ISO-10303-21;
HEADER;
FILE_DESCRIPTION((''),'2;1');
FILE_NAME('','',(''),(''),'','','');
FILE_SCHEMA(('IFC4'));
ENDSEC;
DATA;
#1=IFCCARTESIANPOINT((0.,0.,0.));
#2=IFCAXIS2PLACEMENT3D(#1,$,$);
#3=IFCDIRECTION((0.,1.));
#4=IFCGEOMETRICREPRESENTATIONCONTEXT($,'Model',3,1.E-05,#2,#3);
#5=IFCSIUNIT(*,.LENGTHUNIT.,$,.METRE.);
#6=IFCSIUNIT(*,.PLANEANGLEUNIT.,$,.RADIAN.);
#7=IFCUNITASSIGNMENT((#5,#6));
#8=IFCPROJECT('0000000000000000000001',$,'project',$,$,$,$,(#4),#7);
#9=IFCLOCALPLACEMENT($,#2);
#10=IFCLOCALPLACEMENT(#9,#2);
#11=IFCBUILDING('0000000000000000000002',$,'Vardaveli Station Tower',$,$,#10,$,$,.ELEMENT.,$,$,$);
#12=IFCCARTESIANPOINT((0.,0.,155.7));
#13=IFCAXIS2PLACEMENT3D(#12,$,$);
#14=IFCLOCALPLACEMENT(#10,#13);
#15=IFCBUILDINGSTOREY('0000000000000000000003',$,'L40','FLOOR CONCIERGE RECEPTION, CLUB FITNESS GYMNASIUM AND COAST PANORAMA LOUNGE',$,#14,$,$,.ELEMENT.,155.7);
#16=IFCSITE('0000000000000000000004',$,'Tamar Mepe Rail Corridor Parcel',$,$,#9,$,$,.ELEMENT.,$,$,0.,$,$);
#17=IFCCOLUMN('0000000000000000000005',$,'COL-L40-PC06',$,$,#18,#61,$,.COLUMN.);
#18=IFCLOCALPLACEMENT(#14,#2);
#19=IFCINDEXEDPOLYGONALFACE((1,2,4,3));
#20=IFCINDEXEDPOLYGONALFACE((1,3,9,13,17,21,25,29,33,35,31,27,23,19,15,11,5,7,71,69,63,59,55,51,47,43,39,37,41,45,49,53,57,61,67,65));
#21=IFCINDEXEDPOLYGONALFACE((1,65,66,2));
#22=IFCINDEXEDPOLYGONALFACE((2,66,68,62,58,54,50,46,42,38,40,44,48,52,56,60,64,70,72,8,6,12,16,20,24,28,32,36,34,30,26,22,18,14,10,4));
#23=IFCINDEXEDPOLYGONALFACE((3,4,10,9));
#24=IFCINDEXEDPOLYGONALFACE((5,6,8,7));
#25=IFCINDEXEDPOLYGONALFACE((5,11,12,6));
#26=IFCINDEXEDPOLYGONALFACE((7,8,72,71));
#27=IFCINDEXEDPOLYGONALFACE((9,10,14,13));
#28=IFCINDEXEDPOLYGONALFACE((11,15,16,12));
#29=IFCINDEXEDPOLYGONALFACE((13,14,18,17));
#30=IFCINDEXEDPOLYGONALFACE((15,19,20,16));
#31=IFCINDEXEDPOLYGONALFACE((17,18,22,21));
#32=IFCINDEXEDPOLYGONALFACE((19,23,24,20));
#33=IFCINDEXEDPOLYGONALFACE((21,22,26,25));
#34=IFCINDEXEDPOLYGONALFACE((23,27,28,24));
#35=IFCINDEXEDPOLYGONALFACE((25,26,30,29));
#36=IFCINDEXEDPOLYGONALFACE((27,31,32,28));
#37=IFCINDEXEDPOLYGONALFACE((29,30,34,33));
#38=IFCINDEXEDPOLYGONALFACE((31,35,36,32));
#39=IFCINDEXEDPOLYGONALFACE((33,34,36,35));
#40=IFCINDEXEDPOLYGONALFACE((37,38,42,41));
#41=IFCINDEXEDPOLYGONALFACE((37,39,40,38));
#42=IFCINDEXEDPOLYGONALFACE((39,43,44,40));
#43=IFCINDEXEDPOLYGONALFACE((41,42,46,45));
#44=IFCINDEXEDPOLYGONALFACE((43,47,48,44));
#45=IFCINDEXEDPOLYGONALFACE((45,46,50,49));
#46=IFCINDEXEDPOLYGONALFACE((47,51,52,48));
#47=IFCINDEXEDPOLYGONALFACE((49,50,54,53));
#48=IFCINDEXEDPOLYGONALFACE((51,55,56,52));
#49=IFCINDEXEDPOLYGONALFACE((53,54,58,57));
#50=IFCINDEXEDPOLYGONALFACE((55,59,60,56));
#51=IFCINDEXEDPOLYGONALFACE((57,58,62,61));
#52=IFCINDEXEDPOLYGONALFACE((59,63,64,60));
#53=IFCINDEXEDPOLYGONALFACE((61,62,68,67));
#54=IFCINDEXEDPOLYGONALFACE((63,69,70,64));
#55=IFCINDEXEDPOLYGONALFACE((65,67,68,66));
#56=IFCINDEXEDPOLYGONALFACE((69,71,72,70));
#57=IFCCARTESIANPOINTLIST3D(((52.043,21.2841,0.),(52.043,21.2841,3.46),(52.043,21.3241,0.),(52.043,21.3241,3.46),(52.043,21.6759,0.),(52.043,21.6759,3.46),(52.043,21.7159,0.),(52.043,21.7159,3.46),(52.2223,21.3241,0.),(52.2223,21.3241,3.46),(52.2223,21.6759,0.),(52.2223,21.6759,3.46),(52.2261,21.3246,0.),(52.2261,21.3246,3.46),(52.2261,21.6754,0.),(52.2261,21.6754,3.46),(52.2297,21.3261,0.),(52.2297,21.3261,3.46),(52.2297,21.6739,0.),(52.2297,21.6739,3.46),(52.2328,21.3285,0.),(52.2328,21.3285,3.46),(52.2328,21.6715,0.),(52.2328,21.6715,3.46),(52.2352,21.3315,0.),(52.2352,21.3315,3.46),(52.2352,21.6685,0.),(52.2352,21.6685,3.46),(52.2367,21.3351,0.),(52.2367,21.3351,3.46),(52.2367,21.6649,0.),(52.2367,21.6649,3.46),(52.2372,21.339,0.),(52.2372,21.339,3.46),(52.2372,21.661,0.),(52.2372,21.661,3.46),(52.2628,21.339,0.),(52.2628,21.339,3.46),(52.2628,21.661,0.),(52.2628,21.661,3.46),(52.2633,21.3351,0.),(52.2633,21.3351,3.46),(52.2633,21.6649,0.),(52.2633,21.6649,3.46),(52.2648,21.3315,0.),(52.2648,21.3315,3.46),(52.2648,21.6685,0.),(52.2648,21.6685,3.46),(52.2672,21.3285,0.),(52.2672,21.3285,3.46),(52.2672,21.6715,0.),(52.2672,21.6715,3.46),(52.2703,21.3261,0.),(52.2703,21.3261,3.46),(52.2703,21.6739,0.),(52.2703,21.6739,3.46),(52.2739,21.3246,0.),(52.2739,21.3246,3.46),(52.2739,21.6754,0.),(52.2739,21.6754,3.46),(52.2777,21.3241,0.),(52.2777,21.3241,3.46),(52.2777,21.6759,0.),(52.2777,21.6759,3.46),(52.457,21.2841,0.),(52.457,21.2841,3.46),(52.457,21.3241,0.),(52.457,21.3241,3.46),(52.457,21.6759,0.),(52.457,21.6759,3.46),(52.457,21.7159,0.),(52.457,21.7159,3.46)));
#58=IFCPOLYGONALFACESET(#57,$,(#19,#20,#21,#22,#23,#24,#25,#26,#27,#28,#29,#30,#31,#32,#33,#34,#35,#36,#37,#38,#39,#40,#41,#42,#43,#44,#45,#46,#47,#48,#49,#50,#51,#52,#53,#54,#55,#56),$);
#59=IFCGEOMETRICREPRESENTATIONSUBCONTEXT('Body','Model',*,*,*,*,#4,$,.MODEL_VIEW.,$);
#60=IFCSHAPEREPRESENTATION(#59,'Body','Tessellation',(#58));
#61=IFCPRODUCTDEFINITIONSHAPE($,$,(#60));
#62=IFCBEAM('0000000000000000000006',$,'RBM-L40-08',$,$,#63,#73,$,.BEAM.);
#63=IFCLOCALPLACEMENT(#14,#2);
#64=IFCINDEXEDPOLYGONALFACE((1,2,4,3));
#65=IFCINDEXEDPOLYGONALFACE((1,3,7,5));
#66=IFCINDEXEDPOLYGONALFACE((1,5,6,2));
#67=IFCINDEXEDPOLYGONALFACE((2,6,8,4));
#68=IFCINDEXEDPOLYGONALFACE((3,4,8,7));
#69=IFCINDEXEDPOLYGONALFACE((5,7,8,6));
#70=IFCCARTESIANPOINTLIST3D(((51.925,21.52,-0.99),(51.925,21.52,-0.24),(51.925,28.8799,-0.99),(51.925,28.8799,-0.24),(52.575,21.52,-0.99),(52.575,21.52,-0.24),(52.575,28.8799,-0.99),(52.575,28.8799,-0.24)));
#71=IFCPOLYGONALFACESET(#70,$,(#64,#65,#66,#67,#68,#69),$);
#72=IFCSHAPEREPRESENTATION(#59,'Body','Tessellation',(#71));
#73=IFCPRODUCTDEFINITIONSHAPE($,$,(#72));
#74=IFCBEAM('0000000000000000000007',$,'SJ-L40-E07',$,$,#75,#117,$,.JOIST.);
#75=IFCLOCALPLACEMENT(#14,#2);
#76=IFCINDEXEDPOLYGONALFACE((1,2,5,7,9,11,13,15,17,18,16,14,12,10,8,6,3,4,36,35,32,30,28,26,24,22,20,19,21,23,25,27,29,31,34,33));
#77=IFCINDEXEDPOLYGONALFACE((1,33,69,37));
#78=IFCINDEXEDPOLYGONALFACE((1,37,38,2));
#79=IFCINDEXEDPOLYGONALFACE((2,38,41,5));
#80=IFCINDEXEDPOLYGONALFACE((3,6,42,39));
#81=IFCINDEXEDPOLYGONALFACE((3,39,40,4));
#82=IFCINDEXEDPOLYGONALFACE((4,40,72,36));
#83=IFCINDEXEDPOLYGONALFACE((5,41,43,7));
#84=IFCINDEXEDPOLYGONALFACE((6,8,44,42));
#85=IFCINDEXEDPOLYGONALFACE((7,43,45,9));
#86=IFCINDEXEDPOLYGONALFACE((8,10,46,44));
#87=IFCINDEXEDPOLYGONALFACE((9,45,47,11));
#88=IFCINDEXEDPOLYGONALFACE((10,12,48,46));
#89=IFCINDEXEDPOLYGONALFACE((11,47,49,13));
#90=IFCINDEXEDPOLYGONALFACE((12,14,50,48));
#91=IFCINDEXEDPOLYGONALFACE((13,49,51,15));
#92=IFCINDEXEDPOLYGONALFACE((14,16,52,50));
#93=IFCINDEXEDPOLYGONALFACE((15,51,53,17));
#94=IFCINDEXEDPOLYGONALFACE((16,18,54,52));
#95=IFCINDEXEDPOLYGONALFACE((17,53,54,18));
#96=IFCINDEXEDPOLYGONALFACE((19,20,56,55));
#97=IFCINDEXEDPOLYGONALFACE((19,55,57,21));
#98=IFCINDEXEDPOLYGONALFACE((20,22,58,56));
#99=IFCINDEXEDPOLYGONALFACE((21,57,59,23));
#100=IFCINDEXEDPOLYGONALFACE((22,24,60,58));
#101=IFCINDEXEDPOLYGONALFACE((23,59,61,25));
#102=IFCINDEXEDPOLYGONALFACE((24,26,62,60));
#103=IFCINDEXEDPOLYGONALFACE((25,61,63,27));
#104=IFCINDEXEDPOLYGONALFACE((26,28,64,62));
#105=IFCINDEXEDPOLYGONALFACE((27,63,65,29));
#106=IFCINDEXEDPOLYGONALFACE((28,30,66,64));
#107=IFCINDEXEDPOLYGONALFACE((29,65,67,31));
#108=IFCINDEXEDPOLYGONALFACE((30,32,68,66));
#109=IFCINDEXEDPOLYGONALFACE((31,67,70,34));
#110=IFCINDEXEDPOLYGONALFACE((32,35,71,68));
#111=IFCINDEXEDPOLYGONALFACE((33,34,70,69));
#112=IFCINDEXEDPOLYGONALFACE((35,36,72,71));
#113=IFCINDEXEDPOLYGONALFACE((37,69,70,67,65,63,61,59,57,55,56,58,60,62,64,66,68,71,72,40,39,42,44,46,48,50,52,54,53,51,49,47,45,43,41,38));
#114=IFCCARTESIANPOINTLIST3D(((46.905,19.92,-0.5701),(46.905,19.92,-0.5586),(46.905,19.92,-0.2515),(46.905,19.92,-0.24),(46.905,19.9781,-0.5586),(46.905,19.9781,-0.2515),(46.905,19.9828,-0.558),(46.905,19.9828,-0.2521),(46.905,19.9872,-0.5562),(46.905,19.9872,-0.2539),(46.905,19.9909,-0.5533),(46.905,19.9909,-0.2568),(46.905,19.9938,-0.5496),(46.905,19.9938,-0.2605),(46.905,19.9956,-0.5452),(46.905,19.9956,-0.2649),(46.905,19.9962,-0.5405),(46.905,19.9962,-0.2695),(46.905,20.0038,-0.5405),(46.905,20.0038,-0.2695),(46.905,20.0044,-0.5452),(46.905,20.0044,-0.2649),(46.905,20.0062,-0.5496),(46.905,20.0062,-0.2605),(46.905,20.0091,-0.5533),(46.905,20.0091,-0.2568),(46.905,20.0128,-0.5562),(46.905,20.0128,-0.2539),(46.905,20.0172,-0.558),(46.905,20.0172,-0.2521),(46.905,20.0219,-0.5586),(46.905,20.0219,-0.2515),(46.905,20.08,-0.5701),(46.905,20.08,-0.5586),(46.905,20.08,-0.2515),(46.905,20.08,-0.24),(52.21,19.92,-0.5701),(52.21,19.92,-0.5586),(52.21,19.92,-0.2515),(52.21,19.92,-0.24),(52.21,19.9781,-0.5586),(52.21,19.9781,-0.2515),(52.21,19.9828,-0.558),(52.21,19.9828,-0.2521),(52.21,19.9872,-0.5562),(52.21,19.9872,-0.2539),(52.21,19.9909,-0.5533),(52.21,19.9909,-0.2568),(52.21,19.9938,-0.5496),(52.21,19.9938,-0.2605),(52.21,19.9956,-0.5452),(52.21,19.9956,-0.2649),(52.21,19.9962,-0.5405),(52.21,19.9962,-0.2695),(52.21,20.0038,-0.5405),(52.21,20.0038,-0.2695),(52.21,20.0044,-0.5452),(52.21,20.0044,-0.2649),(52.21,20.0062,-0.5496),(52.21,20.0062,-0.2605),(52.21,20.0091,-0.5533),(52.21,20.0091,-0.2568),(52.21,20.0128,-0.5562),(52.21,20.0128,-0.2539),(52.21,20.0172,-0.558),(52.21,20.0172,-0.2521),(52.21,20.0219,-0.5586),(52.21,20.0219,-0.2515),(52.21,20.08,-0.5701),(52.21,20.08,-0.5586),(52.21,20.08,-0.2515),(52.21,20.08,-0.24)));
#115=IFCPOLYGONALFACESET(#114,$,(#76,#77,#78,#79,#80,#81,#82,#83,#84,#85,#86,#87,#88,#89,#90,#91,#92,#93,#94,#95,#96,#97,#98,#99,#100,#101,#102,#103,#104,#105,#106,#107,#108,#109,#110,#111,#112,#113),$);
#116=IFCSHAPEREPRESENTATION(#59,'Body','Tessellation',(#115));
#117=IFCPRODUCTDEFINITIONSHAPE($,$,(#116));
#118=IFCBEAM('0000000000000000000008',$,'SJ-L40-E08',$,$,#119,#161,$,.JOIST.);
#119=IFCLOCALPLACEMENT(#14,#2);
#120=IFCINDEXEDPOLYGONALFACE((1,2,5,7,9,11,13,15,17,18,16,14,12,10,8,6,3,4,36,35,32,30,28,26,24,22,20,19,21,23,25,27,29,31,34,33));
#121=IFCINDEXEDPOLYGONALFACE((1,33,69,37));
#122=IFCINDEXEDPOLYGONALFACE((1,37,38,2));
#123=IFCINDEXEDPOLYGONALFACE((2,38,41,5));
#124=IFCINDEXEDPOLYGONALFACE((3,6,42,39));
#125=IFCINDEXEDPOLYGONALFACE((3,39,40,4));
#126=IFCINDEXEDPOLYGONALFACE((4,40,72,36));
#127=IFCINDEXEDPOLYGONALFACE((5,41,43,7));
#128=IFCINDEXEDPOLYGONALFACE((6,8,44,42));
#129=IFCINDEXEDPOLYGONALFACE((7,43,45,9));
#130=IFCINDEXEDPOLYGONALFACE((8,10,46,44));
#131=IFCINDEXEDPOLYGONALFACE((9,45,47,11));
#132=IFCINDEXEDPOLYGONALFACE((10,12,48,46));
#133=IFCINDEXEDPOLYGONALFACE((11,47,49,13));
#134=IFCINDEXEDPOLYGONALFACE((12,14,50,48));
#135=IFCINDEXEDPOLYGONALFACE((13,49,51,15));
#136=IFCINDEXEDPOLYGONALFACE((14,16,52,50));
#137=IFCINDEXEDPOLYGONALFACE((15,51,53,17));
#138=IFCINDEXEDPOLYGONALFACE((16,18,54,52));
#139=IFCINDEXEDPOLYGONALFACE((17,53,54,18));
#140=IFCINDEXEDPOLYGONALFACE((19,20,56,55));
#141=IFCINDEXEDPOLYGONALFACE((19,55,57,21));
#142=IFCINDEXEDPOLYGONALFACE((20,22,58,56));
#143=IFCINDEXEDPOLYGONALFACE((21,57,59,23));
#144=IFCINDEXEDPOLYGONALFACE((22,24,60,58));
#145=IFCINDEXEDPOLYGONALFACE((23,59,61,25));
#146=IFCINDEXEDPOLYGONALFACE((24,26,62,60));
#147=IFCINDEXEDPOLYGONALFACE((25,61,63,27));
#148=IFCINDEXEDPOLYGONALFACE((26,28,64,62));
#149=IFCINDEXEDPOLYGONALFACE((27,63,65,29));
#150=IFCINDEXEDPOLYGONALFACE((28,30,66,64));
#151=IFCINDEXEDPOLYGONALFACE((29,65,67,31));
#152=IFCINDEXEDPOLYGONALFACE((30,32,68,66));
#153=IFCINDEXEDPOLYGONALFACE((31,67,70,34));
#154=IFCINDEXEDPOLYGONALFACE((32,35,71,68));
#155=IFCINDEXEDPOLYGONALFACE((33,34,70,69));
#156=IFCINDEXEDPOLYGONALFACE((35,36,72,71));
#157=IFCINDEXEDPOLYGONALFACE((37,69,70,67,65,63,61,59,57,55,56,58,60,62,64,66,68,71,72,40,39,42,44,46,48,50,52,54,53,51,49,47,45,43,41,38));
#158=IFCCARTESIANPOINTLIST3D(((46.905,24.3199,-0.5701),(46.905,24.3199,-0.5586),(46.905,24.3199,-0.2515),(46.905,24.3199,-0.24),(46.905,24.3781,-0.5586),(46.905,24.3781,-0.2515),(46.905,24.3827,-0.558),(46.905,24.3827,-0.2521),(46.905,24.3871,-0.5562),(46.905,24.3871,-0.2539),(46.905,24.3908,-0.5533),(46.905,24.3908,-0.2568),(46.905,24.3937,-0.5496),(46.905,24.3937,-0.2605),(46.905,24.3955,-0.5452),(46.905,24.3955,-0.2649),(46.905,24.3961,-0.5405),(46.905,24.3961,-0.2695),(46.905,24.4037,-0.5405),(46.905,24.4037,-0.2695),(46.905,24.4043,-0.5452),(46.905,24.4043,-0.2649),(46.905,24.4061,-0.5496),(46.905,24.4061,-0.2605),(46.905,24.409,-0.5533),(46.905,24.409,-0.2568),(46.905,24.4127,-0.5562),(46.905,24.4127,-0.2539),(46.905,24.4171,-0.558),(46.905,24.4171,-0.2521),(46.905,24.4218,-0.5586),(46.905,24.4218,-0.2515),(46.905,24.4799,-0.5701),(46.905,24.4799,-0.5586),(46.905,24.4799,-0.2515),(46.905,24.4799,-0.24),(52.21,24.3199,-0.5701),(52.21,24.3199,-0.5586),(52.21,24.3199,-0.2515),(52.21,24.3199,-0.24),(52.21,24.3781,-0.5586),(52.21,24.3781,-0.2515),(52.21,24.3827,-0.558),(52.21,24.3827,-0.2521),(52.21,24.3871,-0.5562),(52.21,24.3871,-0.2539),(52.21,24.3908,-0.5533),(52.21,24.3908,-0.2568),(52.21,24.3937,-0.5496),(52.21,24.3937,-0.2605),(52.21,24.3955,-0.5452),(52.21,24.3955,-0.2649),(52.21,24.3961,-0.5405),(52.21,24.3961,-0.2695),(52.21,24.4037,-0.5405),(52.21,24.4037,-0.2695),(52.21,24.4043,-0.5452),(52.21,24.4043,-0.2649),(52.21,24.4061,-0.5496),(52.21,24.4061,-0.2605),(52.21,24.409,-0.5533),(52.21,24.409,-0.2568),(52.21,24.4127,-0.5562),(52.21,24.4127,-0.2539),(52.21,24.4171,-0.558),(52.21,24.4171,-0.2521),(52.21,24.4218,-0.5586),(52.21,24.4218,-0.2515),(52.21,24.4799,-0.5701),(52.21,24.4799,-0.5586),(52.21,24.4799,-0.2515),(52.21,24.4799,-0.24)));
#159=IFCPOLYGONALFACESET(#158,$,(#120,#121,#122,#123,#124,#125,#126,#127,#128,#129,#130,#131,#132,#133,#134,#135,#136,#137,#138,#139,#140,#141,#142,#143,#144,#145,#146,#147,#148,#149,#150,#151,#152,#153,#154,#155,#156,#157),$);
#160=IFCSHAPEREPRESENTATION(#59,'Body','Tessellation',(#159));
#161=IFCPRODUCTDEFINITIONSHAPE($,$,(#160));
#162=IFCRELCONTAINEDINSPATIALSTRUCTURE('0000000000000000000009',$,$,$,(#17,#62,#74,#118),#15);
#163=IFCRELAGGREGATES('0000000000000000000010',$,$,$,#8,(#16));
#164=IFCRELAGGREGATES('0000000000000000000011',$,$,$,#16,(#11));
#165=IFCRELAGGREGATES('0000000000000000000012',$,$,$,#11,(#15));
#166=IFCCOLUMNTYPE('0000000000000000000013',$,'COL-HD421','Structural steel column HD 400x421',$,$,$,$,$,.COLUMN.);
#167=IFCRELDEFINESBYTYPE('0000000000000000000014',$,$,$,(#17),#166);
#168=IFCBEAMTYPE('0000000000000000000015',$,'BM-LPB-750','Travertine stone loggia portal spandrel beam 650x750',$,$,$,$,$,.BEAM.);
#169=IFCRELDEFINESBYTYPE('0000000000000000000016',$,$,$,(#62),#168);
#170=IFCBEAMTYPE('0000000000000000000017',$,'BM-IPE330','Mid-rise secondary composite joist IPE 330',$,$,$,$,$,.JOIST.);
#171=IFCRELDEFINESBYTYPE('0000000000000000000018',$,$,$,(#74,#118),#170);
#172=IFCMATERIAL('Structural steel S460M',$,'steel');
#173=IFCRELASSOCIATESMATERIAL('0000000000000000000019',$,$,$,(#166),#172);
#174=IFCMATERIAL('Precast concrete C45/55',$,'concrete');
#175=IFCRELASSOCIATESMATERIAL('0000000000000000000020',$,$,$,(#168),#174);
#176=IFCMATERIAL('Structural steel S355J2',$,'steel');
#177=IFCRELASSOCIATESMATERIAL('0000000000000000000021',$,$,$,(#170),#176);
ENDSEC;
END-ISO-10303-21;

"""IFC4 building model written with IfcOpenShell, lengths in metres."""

from ifc_helpers import new_model, si_unit, direction, frame, origin, origin_2d, place, context, subcontext, project, spatial, rectangle, i_section, extrude, source, transform, mapped, material, material_profile, profile_set, type_object, element, save


model = new_model("IFC4")

# Units and contexts
model_context = context("Model", 3, precision=1e-05, world=origin(), true_north=direction((0.0, 1.0)))
body_context = subcontext(model_context, "Body", "Model", "MODEL_VIEW")
ifc_project = project(units=[si_unit("LENGTHUNIT", "METRE"), si_unit("PLANEANGLEUNIT", "RADIAN")], contexts=[model_context])

# Site, building, storey
site_placement = place(None, origin())
site = spatial("IfcSite", under=ifc_project, at=site_placement, Name="Tamar Mepe Rail Corridor Parcel", CompositionType="ELEMENT", RefElevation=0.0)
building_placement = place(site_placement, origin())
building = spatial("IfcBuilding", under=site, at=building_placement, Name="Vardaveli Station Tower", CompositionType="ELEMENT")
storey_placement = place(building_placement, frame((0.0, 0.0, 155.7)))
storey = spatial("IfcBuildingStorey", under=building, at=storey_placement, Name="L40", Description="FLOOR CONCIERGE RECEPTION, CLUB FITNESS GYMNASIUM AND COAST PANORAMA LOUNGE", CompositionType="ELEMENT", Elevation=155.7)

# Column
ifc_material_1 = material(Name="Structural steel S460M", Category="steel")
ifc_material_profile_1 = material_profile(ifc_material_1, i_section(OverallWidth=0.4141, OverallDepth=0.4319, WebThickness=0.0256, FlangeThickness=0.04, FilletRadius=0.0149, at=origin_2d()), Name="HD 400x421")
ifc_profile_set_1 = profile_set([ifc_material_profile_1], Name="Structural steel S460M")
column_type = type_object("IfcColumnType", Name="COL-HD421", Description="Structural steel column HD 400x421", PredefinedType="COLUMN", material=ifc_profile_set_1)
shared_shape_1 = source(origin(), body_context, "Body", "SweptSolid", [
    extrude(i_section(OverallWidth=0.4141, OverallDepth=0.4319, WebThickness=0.0256, FlangeThickness=0.04, FilletRadius=0.0149, at=origin_2d()), origin(), (0.0, 0.0, 1.0), 3.46),
])
column_placement = place(storey_placement, frame((52.25, 21.5, 0.0), z_axis=(0.0, 0.0, 1.0), x_axis=(1.0, 0.0, 0.0)))
element("IfcColumn", 1, at=column_placement, inside=storey, type_object=column_type, Name="COL-L40-PC06", PredefinedType="COLUMN", context=body_context, shape_type="MappedRepresentation", body=[
    mapped(shared_shape_1, transform((0.0, 0.0, 0.0), scale=1.0)),
])

# Beams
ifc_material_2 = material(Name="Precast concrete C45/55", Category="concrete")
ifc_material_profile_2 = material_profile(ifc_material_2, rectangle(XDim=0.6499, YDim=0.75, at=origin_2d()), Name="LPB 650x750")
ifc_profile_set_2 = profile_set([ifc_material_profile_2], Name="Precast concrete C45/55")
beam_type_1 = type_object("IfcBeamType", Name="BM-LPB-750", Description="Travertine stone loggia portal spandrel beam 650x750", PredefinedType="BEAM", material=ifc_profile_set_2)
shared_shape_2 = source(origin(), body_context, "Body", "SweptSolid", [
    extrude(rectangle(XDim=0.6499, YDim=0.75, at=origin_2d()), origin(), (0.0, 0.0, 1.0), 7.3599),
])
beam_1_placement = place(storey_placement, frame((52.25, 21.52, -0.615), z_axis=(0.0, 1.0, 0.0), x_axis=(-1.0, 0.0, 0.0)))
element("IfcBeam", 2, at=beam_1_placement, inside=storey, type_object=beam_type_1, Name="RBM-L40-08", PredefinedType="BEAM", context=body_context, shape_type="MappedRepresentation", body=[
    mapped(shared_shape_2, transform((0.0, 0.0, 0.0), scale=1.0)),
])
ifc_material_3 = material(Name="Structural steel S355J2", Category="steel")
ifc_material_profile_3 = material_profile(ifc_material_3, i_section(OverallWidth=0.1599, OverallDepth=0.3301, WebThickness=0.0076, FlangeThickness=0.0115, FilletRadius=0.0181, at=origin_2d()), Name="IPE 330")
ifc_profile_set_3 = profile_set([ifc_material_profile_3], Name="Structural steel S355J2")
beam_type_2 = type_object("IfcBeamType", Name="BM-IPE330", Description="Mid-rise secondary composite joist IPE 330", PredefinedType="JOIST", material=ifc_profile_set_3)
shared_shape_3 = source(origin(), body_context, "Body", "SweptSolid", [
    extrude(i_section(OverallWidth=0.1599, OverallDepth=0.3301, WebThickness=0.0076, FlangeThickness=0.0115, FilletRadius=0.0181, at=origin_2d()), origin(), (0.0, 0.0, 1.0), 5.3049),
])
for number, where, z_axis, x_axis, name in (
    (3, (46.905, 20.0, -0.405), (1.0, 0.0, 0.0), (0.0, 1.0, 0.0), "SJ-L40-E07"),
    (4, (46.905, 24.3999, -0.405), (1.0, 0.0, 0.0), (0.0, 1.0, 0.0), "SJ-L40-E08"),
):
    element("IfcBeam", number, at=place(storey_placement, frame(where, z_axis=z_axis, x_axis=x_axis)), inside=storey, type_object=beam_type_2, Name=name, PredefinedType="JOIST", context=body_context, shape_type="MappedRepresentation", body=[
        mapped(shared_shape_3, transform((0.0, 0.0, 0.0), scale=1.0)),
    ])

save(model, "model.ifc")
